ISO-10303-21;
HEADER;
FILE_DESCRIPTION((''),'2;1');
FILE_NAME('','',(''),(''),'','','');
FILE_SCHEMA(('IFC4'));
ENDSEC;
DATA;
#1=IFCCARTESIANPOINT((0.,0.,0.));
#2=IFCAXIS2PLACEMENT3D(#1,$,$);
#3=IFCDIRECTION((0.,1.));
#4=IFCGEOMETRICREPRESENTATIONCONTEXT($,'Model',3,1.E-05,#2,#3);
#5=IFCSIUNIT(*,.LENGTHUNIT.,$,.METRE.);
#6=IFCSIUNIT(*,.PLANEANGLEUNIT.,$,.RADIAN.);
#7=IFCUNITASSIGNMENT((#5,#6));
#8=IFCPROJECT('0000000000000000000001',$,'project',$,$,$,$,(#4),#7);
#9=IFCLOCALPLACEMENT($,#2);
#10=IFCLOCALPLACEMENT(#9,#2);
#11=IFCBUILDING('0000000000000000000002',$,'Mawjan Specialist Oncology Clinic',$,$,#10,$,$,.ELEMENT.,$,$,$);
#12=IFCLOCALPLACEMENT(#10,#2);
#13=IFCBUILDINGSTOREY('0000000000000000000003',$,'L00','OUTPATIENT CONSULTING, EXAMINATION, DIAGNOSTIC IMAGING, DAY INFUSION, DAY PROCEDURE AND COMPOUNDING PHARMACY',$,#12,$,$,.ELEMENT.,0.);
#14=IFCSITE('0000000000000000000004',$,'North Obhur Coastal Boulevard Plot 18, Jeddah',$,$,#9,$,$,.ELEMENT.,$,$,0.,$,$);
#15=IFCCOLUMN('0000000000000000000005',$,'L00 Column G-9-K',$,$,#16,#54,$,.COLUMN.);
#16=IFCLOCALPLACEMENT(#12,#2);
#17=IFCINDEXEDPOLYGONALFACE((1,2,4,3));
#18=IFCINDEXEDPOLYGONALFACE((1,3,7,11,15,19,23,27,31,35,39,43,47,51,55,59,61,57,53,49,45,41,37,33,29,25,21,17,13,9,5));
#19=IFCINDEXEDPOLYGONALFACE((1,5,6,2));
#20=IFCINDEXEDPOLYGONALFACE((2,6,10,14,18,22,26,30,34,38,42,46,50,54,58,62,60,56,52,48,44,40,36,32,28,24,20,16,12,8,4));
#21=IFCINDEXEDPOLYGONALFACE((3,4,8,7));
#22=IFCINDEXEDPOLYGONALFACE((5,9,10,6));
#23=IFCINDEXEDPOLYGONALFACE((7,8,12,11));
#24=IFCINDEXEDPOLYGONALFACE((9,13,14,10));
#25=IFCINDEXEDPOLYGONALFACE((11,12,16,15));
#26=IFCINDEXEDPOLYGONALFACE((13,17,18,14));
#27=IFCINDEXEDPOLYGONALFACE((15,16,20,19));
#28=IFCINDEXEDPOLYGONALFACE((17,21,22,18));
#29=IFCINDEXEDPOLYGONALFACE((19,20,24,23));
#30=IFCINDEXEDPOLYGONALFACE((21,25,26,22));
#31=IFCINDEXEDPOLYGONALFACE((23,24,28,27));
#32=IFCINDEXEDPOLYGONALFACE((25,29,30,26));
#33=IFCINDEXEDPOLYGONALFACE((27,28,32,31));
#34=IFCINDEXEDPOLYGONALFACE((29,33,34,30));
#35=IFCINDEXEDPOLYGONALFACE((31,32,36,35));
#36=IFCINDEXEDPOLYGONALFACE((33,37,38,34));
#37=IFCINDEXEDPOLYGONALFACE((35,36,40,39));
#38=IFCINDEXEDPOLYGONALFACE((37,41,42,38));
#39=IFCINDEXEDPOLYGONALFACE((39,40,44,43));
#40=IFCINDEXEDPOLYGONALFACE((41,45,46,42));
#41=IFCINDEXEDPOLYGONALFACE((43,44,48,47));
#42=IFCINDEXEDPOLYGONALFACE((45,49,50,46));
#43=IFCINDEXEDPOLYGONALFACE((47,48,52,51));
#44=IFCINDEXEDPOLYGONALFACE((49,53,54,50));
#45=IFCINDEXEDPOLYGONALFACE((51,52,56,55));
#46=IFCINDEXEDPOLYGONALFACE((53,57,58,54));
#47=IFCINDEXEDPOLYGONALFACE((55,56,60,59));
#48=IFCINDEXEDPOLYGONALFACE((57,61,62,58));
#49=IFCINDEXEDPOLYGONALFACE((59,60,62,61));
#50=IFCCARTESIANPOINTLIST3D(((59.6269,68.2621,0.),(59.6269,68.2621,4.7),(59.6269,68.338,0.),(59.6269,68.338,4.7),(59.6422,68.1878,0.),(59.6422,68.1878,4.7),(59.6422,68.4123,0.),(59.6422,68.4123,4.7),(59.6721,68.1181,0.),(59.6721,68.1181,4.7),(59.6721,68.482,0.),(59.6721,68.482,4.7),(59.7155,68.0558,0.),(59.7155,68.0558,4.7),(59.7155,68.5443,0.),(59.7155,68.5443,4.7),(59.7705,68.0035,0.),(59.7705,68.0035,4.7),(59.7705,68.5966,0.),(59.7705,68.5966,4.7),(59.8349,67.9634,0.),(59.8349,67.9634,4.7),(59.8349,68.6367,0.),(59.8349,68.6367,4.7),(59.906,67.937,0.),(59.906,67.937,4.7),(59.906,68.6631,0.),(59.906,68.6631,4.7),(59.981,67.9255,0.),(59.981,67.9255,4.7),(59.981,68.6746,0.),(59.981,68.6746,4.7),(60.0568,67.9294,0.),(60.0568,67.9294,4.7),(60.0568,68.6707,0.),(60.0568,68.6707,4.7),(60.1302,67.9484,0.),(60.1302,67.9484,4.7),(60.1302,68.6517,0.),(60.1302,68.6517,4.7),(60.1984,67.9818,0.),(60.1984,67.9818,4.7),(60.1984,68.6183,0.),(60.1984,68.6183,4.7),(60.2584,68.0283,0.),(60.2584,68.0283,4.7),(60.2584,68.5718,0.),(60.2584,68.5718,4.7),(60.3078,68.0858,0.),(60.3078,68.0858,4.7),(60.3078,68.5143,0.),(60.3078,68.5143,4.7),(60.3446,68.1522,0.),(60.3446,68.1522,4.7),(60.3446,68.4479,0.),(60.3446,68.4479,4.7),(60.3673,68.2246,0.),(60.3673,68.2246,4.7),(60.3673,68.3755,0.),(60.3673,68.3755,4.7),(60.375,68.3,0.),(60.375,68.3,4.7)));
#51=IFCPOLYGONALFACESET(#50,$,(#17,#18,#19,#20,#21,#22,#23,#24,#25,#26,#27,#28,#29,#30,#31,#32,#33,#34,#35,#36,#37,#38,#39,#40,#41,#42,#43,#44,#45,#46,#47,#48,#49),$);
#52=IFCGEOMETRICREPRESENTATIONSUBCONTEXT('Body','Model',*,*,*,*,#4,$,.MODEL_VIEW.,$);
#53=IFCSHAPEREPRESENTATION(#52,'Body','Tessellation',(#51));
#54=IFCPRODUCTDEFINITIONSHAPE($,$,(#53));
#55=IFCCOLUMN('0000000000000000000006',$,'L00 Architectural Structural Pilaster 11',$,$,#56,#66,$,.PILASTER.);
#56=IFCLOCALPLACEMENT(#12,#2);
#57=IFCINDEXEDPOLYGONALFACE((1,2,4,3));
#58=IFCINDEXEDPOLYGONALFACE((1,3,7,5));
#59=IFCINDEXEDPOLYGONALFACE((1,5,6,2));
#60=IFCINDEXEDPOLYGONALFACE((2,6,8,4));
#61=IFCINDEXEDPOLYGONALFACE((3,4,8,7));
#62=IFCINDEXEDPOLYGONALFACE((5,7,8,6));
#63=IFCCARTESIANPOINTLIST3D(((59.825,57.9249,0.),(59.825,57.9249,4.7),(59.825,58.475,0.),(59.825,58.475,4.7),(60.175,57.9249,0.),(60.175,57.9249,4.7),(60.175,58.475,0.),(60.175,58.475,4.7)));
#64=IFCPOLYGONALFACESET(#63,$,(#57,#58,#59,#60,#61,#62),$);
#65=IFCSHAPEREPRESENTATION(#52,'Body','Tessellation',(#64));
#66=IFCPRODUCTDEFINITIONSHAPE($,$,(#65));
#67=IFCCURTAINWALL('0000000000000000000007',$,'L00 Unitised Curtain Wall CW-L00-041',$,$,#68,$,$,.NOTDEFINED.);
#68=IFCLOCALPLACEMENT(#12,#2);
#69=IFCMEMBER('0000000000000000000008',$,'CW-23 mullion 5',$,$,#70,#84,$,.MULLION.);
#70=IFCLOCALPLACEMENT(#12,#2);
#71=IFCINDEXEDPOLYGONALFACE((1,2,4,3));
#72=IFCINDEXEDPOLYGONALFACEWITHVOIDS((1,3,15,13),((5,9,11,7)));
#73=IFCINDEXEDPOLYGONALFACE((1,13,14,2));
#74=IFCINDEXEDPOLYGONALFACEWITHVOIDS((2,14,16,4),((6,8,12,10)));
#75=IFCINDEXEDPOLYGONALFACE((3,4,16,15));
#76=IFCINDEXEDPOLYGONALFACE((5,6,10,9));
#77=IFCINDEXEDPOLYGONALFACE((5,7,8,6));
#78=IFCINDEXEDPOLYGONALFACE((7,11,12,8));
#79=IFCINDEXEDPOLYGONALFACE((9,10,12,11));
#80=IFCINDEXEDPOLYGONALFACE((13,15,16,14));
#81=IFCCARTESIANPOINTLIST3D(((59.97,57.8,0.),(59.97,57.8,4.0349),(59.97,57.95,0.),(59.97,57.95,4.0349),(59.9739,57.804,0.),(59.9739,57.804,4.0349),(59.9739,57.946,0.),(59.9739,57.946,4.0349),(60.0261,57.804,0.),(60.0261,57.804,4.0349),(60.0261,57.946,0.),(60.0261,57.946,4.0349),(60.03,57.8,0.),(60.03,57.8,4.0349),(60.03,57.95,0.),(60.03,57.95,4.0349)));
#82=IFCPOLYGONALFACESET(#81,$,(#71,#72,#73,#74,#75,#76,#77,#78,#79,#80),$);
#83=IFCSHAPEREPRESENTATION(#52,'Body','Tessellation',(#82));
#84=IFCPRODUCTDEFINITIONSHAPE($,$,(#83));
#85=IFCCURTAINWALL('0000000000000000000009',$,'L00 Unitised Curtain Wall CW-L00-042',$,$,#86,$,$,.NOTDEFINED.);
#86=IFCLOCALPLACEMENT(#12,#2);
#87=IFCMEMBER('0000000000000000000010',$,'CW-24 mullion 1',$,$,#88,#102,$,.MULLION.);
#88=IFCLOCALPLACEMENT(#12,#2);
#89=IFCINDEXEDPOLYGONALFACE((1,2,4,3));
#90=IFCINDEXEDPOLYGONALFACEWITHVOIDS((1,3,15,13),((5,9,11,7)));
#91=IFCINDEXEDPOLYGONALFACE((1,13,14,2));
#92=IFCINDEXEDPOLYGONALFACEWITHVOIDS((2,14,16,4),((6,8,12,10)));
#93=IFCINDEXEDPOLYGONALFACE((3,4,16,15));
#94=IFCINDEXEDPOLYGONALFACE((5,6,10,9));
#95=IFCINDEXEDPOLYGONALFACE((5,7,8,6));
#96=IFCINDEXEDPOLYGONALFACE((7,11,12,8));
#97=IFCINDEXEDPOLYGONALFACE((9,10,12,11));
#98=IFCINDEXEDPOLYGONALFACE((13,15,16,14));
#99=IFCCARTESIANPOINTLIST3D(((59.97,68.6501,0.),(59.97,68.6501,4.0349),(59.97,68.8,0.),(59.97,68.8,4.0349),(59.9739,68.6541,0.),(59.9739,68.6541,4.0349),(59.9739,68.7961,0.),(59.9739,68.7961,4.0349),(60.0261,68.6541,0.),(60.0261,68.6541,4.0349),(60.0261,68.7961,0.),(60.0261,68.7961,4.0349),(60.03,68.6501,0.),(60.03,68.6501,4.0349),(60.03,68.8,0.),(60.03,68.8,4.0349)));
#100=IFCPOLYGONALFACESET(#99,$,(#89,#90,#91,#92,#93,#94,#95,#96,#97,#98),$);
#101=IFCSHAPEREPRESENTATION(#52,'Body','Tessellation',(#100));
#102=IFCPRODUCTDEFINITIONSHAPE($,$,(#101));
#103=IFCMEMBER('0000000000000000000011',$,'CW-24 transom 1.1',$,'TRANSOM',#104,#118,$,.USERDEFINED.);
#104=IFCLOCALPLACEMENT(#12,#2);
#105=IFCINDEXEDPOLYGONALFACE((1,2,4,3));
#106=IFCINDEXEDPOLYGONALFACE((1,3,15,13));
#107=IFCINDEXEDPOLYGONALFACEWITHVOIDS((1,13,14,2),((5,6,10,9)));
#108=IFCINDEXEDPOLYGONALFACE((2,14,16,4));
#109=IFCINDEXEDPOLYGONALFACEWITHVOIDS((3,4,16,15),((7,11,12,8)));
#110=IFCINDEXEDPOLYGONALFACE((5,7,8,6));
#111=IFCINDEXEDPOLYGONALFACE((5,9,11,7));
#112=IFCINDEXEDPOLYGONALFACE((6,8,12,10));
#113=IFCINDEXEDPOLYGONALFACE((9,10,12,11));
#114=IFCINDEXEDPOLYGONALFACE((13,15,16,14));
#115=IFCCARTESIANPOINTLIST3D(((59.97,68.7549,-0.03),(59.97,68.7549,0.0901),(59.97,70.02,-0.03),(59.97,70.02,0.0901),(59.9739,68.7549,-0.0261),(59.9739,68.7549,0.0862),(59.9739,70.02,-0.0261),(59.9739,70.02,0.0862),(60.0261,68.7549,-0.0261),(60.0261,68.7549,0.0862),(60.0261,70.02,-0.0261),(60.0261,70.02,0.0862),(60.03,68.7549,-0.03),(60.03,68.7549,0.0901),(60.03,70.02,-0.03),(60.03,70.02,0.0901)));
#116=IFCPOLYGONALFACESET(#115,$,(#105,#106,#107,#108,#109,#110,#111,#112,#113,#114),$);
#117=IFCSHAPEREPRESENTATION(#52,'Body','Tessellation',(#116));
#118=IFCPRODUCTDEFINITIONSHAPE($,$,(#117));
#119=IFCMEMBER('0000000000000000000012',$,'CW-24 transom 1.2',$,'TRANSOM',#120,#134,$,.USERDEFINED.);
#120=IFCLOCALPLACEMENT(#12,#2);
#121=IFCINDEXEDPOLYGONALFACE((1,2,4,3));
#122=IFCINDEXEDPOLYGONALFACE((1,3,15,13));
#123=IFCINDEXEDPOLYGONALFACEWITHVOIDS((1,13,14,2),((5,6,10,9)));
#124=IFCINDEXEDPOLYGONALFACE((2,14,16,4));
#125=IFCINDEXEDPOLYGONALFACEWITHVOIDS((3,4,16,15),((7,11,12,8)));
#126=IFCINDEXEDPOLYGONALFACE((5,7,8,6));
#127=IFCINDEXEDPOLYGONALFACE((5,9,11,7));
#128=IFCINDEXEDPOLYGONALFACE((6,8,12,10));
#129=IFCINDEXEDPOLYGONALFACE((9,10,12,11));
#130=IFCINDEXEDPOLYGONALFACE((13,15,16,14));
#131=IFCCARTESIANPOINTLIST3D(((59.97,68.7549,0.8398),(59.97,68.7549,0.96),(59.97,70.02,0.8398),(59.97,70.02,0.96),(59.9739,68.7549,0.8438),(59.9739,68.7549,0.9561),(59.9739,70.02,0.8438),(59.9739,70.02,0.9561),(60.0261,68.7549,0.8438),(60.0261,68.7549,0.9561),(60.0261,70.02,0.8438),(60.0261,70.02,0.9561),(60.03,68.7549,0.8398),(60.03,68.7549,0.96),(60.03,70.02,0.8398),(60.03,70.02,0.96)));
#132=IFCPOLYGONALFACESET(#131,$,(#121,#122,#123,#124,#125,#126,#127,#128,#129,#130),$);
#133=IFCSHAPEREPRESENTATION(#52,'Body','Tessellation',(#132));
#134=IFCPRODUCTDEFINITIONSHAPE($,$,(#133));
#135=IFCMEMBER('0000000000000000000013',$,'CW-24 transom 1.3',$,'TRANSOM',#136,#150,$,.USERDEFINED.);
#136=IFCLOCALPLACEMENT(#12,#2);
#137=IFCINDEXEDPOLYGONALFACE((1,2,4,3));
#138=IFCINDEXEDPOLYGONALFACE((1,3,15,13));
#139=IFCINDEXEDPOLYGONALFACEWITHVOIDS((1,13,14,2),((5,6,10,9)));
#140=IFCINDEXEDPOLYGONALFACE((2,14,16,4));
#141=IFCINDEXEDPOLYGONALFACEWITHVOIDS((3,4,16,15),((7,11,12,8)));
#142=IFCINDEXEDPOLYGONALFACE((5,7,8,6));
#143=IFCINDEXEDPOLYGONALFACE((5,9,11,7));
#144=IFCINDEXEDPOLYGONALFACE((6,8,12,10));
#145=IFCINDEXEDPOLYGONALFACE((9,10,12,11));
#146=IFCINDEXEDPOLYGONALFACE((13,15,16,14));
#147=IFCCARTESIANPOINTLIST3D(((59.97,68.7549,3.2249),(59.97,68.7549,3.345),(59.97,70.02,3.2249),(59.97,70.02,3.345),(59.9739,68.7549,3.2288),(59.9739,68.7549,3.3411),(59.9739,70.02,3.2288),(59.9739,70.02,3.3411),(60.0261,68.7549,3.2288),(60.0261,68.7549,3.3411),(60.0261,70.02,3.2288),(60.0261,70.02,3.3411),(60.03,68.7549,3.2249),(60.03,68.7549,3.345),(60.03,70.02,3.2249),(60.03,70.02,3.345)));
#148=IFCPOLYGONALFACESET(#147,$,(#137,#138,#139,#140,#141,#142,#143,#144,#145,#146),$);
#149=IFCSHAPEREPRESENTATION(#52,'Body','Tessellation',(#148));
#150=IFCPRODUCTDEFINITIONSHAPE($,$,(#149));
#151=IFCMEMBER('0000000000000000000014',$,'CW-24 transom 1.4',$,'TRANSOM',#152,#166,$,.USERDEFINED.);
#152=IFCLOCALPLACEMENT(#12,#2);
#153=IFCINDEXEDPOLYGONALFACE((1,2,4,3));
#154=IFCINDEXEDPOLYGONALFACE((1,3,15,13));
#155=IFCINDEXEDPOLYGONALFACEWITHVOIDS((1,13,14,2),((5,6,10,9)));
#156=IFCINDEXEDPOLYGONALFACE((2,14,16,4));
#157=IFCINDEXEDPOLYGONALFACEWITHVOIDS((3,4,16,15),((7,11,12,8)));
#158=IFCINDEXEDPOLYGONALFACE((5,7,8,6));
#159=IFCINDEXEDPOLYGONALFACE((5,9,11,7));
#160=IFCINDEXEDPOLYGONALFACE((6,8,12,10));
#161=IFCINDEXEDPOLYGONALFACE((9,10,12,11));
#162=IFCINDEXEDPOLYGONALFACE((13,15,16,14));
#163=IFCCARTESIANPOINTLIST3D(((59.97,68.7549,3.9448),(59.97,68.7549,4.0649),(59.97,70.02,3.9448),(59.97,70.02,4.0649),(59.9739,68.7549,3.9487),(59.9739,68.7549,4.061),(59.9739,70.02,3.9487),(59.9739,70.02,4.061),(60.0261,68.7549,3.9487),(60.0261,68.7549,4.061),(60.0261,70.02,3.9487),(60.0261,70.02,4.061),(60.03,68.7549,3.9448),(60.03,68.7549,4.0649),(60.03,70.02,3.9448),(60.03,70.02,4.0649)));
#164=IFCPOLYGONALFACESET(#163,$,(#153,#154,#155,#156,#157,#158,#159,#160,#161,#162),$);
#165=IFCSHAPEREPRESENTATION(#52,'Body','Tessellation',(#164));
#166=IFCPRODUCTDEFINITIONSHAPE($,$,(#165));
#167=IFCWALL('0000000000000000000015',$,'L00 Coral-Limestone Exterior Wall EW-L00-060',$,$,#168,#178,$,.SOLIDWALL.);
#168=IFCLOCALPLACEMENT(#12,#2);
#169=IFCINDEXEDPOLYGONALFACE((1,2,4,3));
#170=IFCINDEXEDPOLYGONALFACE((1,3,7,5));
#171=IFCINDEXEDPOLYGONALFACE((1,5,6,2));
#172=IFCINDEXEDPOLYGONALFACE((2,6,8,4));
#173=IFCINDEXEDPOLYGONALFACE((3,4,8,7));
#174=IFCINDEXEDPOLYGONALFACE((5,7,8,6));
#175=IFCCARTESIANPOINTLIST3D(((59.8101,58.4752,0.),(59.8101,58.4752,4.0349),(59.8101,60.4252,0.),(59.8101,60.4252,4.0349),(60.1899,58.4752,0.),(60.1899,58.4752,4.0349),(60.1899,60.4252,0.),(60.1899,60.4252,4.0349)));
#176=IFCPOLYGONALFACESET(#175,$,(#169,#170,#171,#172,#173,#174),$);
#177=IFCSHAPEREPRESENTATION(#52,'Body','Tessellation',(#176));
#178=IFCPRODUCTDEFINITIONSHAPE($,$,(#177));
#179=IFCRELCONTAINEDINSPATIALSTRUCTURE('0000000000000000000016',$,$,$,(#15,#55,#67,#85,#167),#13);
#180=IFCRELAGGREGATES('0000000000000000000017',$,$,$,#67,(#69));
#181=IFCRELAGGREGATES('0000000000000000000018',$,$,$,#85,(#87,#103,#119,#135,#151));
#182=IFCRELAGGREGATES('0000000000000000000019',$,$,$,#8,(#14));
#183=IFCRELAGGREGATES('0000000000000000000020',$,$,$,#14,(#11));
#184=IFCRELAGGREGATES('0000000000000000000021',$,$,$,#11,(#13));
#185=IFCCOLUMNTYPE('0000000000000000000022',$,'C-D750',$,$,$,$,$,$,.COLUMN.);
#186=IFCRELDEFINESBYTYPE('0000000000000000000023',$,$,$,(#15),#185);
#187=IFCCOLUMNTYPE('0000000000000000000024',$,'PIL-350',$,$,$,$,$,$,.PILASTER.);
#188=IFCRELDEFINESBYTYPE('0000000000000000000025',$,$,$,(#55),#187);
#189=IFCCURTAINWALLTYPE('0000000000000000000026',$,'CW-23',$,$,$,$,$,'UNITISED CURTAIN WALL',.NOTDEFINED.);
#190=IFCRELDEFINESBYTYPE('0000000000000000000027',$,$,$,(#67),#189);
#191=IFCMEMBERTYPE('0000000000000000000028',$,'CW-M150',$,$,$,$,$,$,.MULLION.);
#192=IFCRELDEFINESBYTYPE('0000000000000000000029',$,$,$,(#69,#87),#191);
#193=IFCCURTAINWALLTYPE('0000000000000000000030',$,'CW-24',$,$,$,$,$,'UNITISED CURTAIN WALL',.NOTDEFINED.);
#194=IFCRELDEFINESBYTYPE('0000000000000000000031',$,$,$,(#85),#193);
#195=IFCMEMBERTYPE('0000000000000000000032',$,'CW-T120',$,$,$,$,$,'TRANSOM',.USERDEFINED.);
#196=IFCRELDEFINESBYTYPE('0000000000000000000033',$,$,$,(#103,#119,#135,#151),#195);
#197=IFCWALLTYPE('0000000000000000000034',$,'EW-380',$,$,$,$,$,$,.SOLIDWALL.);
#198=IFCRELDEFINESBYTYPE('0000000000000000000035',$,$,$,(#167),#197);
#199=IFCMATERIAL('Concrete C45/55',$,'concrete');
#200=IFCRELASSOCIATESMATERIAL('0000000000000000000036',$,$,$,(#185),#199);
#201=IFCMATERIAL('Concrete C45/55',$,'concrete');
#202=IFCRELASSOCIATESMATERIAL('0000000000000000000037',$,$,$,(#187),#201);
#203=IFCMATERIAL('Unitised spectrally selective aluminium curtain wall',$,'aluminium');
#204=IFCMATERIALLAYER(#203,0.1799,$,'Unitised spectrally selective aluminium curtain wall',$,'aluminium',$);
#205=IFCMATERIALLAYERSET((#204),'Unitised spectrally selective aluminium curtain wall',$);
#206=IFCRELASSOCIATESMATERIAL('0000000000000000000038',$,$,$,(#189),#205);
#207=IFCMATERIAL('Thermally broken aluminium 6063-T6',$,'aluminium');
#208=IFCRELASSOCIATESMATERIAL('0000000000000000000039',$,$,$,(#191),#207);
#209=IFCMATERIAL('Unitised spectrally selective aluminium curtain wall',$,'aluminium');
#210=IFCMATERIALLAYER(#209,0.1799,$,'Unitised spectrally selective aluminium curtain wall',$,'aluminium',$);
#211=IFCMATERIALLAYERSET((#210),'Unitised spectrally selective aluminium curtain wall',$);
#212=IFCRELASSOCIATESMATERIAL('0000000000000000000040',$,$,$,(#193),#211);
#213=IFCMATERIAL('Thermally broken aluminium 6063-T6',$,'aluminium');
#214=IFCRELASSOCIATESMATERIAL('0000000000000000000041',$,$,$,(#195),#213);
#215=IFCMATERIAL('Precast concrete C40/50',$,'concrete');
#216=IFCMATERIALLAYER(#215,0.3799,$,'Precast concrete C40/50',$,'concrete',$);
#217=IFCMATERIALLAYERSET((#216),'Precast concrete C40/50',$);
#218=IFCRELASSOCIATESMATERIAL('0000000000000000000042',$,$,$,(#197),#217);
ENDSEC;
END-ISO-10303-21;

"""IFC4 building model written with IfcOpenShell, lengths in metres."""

from ifc_helpers import new_model, si_unit, direction, frame, frame_2d, origin, origin_2d, place, context, subcontext, project, spatial, rectangle, hollow_rectangle, circle, extrude, material, layer, layer_set, material_profile, profile_set, type_object, element, aggregate, save


model = new_model("IFC4")

# Units and contexts
model_context = context("Model", 3, precision=1e-05, world=origin(), true_north=direction((0.0, 1.0)))
body_context = subcontext(model_context, "Body", "Model", "MODEL_VIEW")
ifc_project = project(units=[si_unit("LENGTHUNIT", "METRE"), si_unit("PLANEANGLEUNIT", "RADIAN")], contexts=[model_context])

# Site, building, storey
site_placement = place(None, origin())
site = spatial("IfcSite", under=ifc_project, at=site_placement, Name="North Obhur Coastal Boulevard Plot 18, Jeddah", CompositionType="ELEMENT", RefElevation=0.0)
building_placement = place(site_placement, origin())
building = spatial("IfcBuilding", under=site, at=building_placement, Name="Mawjan Specialist Oncology Clinic", CompositionType="ELEMENT")
storey_placement = place(building_placement, origin())
storey = spatial("IfcBuildingStorey", under=building, at=storey_placement, Name="L00", Description="OUTPATIENT CONSULTING, EXAMINATION, DIAGNOSTIC IMAGING, DAY INFUSION, DAY PROCEDURE AND COMPOUNDING PHARMACY", CompositionType="ELEMENT", Elevation=0.0)

# Columns
ifc_material_1 = material(Name="Concrete C45/55", Category="concrete")
ifc_material_profile_1 = material_profile(ifc_material_1, circle(Radius=0.375, at=origin_2d()), Name="RC COL D750", Category="concrete")
ifc_profile_set_1 = profile_set([ifc_material_profile_1], Name="Concrete C45/55")
column_type_1 = type_object("IfcColumnType", Name="C-D750", PredefinedType="COLUMN", material=ifc_profile_set_1)
for number, where, z_axis, x_axis, name in (
    (1, (60.0, 68.3, 0.0), (0.0, 0.0, 1.0), (1.0, 0.0, 0.0), "L00 Column G-9-K"),
):
    element("IfcColumn", number, at=place(storey_placement, frame(where, z_axis=z_axis, x_axis=x_axis)), inside=storey, type_object=column_type_1, Name=name, PredefinedType="COLUMN", context=body_context, shape_type="SweptSolid", body=[
        extrude(circle(Radius=0.375, at=origin_2d()), origin(), (0.0, 0.0, 1.0), 4.7),
    ])
ifc_material_2 = material(Name="Concrete C45/55", Category="concrete")
ifc_material_profile_2 = material_profile(ifc_material_2, rectangle(XDim=0.3501, YDim=0.55, at=origin_2d()), Name="RC PIL 350x550", Category="concrete")
ifc_profile_set_2 = profile_set([ifc_material_profile_2], Name="Concrete C45/55")
column_type_2 = type_object("IfcColumnType", Name="PIL-350", PredefinedType="PILASTER", material=ifc_profile_set_2)
column_placement = place(storey_placement, frame((60.0, 58.2, 0.0), z_axis=(0.0, 0.0, 1.0), x_axis=(1.0, 0.0, 0.0)))
element("IfcColumn", 2, at=column_placement, inside=storey, type_object=column_type_2, Name="L00 Architectural Structural Pilaster 11", PredefinedType="PILASTER", context=body_context, shape_type="SweptSolid", body=[
    extrude(rectangle(XDim=0.3501, YDim=0.55, at=origin_2d()), origin(), (0.0, 0.0, 1.0), 4.7),
])

# Curtain wall, member
ifc_material_3 = material(Name="Unitised spectrally selective aluminium curtain wall", Category="aluminium")
ifc_layer_1 = layer(ifc_material_3, 0.1799, Name="Unitised spectrally selective aluminium curtain wall", Category="aluminium")
ifc_layer_set_1 = layer_set([ifc_layer_1], Name="Unitised spectrally selective aluminium curtain wall")
curtain_wall_type_1 = type_object("IfcCurtainWallType", Name="CW-23", ElementType="UNITISED CURTAIN WALL", PredefinedType="NOTDEFINED", material=ifc_layer_set_1)
curtain_wall_1_placement = place(storey_placement, origin())
curtain_wall_1 = element("IfcCurtainWall", 3, at=curtain_wall_1_placement, inside=storey, type_object=curtain_wall_type_1, Name="L00 Unitised Curtain Wall CW-L00-041", PredefinedType="NOTDEFINED")
ifc_material_4 = material(Name="Thermally broken aluminium 6063-T6", Category="aluminium")
ifc_material_profile_3 = material_profile(ifc_material_4, hollow_rectangle(XDim=0.0601, YDim=0.1499, WallThickness=0.0039, at=origin_2d()), Name="ALU MULLION 150x60x4", Category="aluminium")
ifc_profile_set_3 = profile_set([ifc_material_profile_3], Name="Thermally broken aluminium 6063-T6")
member_type_1 = type_object("IfcMemberType", Name="CW-M150", PredefinedType="MULLION", material=ifc_profile_set_3)
member_1_placement = place(storey_placement, frame((60.0, 57.875, 0.0), z_axis=(0.0, 0.0, 1.0), x_axis=(-1.0, 0.0, 0.0)))
member_1 = element("IfcMember", 4, at=member_1_placement, type_object=member_type_1, Name="CW-23 mullion 5", PredefinedType="MULLION", context=body_context, shape_type="SweptSolid", body=[
    extrude(hollow_rectangle(XDim=0.0601, YDim=0.1499, WallThickness=0.0039, at=origin_2d()), origin(), (0.0, 0.0, 1.0), 4.0349),
])
aggregate(curtain_wall_1, [member_1])

# Curtain wall, members
ifc_material_5 = material(Name="Unitised spectrally selective aluminium curtain wall", Category="aluminium")
ifc_layer_2 = layer(ifc_material_5, 0.1799, Name="Unitised spectrally selective aluminium curtain wall", Category="aluminium")
ifc_layer_set_2 = layer_set([ifc_layer_2], Name="Unitised spectrally selective aluminium curtain wall")
curtain_wall_type_2 = type_object("IfcCurtainWallType", Name="CW-24", ElementType="UNITISED CURTAIN WALL", PredefinedType="NOTDEFINED", material=ifc_layer_set_2)
curtain_wall_2_placement = place(storey_placement, origin())
curtain_wall_2 = element("IfcCurtainWall", 5, at=curtain_wall_2_placement, inside=storey, type_object=curtain_wall_type_2, Name="L00 Unitised Curtain Wall CW-L00-042", PredefinedType="NOTDEFINED")
member_2_placement = place(storey_placement, frame((60.0, 68.7251, 0.0), z_axis=(0.0, 0.0, 1.0), x_axis=(-1.0, 0.0, 0.0)))
member_2 = element("IfcMember", 6, at=member_2_placement, type_object=member_type_1, Name="CW-24 mullion 1", PredefinedType="MULLION", context=body_context, shape_type="SweptSolid", body=[
    extrude(hollow_rectangle(XDim=0.0601, YDim=0.1499, WallThickness=0.0039, at=origin_2d()), origin(), (0.0, 0.0, 1.0), 4.0349),
])
ifc_material_6 = material(Name="Thermally broken aluminium 6063-T6", Category="aluminium")
ifc_material_profile_4 = material_profile(ifc_material_6, hollow_rectangle(XDim=0.0601, YDim=0.1201, WallThickness=0.0039, at=origin_2d()), Name="ALU TRANSOM 120x60x4", Category="aluminium")
ifc_profile_set_4 = profile_set([ifc_material_profile_4], Name="Thermally broken aluminium 6063-T6")
member_type_2 = type_object("IfcMemberType", Name="CW-T120", ElementType="TRANSOM", PredefinedType="USERDEFINED", material=ifc_profile_set_4)
member_3_placement = place(storey_placement, frame((60.0, 68.7549, 0.03), z_axis=(0.0, 1.0, 0.0), x_axis=(-1.0, 0.0, 0.0)))
member_3 = element("IfcMember", 7, at=member_3_placement, type_object=member_type_2, Name="CW-24 transom 1.1", ObjectType="TRANSOM", PredefinedType="USERDEFINED", context=body_context, shape_type="SweptSolid", body=[
    extrude(hollow_rectangle(XDim=0.0601, YDim=0.1201, WallThickness=0.0039, at=origin_2d()), origin(), (0.0, 0.0, 1.0), 1.2651),
])
member_4_placement = place(storey_placement, frame((60.0, 68.7549, 0.8999), z_axis=(0.0, 1.0, 0.0), x_axis=(-1.0, 0.0, 0.0)))
member_4 = element("IfcMember", 8, at=member_4_placement, type_object=member_type_2, Name="CW-24 transom 1.2", ObjectType="TRANSOM", PredefinedType="USERDEFINED", context=body_context, shape_type="SweptSolid", body=[
    extrude(hollow_rectangle(XDim=0.0601, YDim=0.1201, WallThickness=0.0039, at=origin_2d()), origin(), (0.0, 0.0, 1.0), 1.2651),
])
member_5_placement = place(storey_placement, frame((60.0, 68.7549, 3.2849), z_axis=(0.0, 1.0, 0.0), x_axis=(-1.0, 0.0, 0.0)))
member_5 = element("IfcMember", 9, at=member_5_placement, type_object=member_type_2, Name="CW-24 transom 1.3", ObjectType="TRANSOM", PredefinedType="USERDEFINED", context=body_context, shape_type="SweptSolid", body=[
    extrude(hollow_rectangle(XDim=0.0601, YDim=0.1201, WallThickness=0.0039, at=origin_2d()), origin(), (0.0, 0.0, 1.0), 1.2651),
])
member_6_placement = place(storey_placement, frame((60.0, 68.7549, 4.0049), z_axis=(0.0, 1.0, 0.0), x_axis=(-1.0, 0.0, 0.0)))
member_6 = element("IfcMember", 10, at=member_6_placement, type_object=member_type_2, Name="CW-24 transom 1.4", ObjectType="TRANSOM", PredefinedType="USERDEFINED", context=body_context, shape_type="SweptSolid", body=[
    extrude(hollow_rectangle(XDim=0.0601, YDim=0.1201, WallThickness=0.0039, at=origin_2d()), origin(), (0.0, 0.0, 1.0), 1.2651),
])
aggregate(curtain_wall_2, [member_2, member_3, member_4, member_5, member_6])

# Wall
ifc_material_7 = material(Name="Precast concrete C40/50", Category="concrete")
ifc_layer_3 = layer(ifc_material_7, 0.3799, Name="Precast concrete C40/50", Category="concrete")
ifc_layer_set_3 = layer_set([ifc_layer_3], Name="Precast concrete C40/50")
wall_type = type_object("IfcWallType", Name="EW-380", PredefinedType="SOLIDWALL", material=ifc_layer_set_3)
wall_1_placement = place(storey_placement, frame((60.0, 58.4751, 0.0), z_axis=(0.0, 0.0, 1.0), x_axis=(0.0, 1.0, 0.0)))
element("IfcWall", 11, at=wall_1_placement, inside=storey, type_object=wall_type, Name="L00 Coral-Limestone Exterior Wall EW-L00-060", PredefinedType="SOLIDWALL", context=body_context, shape_type="SweptSolid", body=[
    extrude(rectangle(XDim=1.95, YDim=0.3799, at=frame_2d((0.9751, 0.0))), origin(), (0.0, 0.0, 1.0), 4.0349),
])

save(model, "model.ifc")
